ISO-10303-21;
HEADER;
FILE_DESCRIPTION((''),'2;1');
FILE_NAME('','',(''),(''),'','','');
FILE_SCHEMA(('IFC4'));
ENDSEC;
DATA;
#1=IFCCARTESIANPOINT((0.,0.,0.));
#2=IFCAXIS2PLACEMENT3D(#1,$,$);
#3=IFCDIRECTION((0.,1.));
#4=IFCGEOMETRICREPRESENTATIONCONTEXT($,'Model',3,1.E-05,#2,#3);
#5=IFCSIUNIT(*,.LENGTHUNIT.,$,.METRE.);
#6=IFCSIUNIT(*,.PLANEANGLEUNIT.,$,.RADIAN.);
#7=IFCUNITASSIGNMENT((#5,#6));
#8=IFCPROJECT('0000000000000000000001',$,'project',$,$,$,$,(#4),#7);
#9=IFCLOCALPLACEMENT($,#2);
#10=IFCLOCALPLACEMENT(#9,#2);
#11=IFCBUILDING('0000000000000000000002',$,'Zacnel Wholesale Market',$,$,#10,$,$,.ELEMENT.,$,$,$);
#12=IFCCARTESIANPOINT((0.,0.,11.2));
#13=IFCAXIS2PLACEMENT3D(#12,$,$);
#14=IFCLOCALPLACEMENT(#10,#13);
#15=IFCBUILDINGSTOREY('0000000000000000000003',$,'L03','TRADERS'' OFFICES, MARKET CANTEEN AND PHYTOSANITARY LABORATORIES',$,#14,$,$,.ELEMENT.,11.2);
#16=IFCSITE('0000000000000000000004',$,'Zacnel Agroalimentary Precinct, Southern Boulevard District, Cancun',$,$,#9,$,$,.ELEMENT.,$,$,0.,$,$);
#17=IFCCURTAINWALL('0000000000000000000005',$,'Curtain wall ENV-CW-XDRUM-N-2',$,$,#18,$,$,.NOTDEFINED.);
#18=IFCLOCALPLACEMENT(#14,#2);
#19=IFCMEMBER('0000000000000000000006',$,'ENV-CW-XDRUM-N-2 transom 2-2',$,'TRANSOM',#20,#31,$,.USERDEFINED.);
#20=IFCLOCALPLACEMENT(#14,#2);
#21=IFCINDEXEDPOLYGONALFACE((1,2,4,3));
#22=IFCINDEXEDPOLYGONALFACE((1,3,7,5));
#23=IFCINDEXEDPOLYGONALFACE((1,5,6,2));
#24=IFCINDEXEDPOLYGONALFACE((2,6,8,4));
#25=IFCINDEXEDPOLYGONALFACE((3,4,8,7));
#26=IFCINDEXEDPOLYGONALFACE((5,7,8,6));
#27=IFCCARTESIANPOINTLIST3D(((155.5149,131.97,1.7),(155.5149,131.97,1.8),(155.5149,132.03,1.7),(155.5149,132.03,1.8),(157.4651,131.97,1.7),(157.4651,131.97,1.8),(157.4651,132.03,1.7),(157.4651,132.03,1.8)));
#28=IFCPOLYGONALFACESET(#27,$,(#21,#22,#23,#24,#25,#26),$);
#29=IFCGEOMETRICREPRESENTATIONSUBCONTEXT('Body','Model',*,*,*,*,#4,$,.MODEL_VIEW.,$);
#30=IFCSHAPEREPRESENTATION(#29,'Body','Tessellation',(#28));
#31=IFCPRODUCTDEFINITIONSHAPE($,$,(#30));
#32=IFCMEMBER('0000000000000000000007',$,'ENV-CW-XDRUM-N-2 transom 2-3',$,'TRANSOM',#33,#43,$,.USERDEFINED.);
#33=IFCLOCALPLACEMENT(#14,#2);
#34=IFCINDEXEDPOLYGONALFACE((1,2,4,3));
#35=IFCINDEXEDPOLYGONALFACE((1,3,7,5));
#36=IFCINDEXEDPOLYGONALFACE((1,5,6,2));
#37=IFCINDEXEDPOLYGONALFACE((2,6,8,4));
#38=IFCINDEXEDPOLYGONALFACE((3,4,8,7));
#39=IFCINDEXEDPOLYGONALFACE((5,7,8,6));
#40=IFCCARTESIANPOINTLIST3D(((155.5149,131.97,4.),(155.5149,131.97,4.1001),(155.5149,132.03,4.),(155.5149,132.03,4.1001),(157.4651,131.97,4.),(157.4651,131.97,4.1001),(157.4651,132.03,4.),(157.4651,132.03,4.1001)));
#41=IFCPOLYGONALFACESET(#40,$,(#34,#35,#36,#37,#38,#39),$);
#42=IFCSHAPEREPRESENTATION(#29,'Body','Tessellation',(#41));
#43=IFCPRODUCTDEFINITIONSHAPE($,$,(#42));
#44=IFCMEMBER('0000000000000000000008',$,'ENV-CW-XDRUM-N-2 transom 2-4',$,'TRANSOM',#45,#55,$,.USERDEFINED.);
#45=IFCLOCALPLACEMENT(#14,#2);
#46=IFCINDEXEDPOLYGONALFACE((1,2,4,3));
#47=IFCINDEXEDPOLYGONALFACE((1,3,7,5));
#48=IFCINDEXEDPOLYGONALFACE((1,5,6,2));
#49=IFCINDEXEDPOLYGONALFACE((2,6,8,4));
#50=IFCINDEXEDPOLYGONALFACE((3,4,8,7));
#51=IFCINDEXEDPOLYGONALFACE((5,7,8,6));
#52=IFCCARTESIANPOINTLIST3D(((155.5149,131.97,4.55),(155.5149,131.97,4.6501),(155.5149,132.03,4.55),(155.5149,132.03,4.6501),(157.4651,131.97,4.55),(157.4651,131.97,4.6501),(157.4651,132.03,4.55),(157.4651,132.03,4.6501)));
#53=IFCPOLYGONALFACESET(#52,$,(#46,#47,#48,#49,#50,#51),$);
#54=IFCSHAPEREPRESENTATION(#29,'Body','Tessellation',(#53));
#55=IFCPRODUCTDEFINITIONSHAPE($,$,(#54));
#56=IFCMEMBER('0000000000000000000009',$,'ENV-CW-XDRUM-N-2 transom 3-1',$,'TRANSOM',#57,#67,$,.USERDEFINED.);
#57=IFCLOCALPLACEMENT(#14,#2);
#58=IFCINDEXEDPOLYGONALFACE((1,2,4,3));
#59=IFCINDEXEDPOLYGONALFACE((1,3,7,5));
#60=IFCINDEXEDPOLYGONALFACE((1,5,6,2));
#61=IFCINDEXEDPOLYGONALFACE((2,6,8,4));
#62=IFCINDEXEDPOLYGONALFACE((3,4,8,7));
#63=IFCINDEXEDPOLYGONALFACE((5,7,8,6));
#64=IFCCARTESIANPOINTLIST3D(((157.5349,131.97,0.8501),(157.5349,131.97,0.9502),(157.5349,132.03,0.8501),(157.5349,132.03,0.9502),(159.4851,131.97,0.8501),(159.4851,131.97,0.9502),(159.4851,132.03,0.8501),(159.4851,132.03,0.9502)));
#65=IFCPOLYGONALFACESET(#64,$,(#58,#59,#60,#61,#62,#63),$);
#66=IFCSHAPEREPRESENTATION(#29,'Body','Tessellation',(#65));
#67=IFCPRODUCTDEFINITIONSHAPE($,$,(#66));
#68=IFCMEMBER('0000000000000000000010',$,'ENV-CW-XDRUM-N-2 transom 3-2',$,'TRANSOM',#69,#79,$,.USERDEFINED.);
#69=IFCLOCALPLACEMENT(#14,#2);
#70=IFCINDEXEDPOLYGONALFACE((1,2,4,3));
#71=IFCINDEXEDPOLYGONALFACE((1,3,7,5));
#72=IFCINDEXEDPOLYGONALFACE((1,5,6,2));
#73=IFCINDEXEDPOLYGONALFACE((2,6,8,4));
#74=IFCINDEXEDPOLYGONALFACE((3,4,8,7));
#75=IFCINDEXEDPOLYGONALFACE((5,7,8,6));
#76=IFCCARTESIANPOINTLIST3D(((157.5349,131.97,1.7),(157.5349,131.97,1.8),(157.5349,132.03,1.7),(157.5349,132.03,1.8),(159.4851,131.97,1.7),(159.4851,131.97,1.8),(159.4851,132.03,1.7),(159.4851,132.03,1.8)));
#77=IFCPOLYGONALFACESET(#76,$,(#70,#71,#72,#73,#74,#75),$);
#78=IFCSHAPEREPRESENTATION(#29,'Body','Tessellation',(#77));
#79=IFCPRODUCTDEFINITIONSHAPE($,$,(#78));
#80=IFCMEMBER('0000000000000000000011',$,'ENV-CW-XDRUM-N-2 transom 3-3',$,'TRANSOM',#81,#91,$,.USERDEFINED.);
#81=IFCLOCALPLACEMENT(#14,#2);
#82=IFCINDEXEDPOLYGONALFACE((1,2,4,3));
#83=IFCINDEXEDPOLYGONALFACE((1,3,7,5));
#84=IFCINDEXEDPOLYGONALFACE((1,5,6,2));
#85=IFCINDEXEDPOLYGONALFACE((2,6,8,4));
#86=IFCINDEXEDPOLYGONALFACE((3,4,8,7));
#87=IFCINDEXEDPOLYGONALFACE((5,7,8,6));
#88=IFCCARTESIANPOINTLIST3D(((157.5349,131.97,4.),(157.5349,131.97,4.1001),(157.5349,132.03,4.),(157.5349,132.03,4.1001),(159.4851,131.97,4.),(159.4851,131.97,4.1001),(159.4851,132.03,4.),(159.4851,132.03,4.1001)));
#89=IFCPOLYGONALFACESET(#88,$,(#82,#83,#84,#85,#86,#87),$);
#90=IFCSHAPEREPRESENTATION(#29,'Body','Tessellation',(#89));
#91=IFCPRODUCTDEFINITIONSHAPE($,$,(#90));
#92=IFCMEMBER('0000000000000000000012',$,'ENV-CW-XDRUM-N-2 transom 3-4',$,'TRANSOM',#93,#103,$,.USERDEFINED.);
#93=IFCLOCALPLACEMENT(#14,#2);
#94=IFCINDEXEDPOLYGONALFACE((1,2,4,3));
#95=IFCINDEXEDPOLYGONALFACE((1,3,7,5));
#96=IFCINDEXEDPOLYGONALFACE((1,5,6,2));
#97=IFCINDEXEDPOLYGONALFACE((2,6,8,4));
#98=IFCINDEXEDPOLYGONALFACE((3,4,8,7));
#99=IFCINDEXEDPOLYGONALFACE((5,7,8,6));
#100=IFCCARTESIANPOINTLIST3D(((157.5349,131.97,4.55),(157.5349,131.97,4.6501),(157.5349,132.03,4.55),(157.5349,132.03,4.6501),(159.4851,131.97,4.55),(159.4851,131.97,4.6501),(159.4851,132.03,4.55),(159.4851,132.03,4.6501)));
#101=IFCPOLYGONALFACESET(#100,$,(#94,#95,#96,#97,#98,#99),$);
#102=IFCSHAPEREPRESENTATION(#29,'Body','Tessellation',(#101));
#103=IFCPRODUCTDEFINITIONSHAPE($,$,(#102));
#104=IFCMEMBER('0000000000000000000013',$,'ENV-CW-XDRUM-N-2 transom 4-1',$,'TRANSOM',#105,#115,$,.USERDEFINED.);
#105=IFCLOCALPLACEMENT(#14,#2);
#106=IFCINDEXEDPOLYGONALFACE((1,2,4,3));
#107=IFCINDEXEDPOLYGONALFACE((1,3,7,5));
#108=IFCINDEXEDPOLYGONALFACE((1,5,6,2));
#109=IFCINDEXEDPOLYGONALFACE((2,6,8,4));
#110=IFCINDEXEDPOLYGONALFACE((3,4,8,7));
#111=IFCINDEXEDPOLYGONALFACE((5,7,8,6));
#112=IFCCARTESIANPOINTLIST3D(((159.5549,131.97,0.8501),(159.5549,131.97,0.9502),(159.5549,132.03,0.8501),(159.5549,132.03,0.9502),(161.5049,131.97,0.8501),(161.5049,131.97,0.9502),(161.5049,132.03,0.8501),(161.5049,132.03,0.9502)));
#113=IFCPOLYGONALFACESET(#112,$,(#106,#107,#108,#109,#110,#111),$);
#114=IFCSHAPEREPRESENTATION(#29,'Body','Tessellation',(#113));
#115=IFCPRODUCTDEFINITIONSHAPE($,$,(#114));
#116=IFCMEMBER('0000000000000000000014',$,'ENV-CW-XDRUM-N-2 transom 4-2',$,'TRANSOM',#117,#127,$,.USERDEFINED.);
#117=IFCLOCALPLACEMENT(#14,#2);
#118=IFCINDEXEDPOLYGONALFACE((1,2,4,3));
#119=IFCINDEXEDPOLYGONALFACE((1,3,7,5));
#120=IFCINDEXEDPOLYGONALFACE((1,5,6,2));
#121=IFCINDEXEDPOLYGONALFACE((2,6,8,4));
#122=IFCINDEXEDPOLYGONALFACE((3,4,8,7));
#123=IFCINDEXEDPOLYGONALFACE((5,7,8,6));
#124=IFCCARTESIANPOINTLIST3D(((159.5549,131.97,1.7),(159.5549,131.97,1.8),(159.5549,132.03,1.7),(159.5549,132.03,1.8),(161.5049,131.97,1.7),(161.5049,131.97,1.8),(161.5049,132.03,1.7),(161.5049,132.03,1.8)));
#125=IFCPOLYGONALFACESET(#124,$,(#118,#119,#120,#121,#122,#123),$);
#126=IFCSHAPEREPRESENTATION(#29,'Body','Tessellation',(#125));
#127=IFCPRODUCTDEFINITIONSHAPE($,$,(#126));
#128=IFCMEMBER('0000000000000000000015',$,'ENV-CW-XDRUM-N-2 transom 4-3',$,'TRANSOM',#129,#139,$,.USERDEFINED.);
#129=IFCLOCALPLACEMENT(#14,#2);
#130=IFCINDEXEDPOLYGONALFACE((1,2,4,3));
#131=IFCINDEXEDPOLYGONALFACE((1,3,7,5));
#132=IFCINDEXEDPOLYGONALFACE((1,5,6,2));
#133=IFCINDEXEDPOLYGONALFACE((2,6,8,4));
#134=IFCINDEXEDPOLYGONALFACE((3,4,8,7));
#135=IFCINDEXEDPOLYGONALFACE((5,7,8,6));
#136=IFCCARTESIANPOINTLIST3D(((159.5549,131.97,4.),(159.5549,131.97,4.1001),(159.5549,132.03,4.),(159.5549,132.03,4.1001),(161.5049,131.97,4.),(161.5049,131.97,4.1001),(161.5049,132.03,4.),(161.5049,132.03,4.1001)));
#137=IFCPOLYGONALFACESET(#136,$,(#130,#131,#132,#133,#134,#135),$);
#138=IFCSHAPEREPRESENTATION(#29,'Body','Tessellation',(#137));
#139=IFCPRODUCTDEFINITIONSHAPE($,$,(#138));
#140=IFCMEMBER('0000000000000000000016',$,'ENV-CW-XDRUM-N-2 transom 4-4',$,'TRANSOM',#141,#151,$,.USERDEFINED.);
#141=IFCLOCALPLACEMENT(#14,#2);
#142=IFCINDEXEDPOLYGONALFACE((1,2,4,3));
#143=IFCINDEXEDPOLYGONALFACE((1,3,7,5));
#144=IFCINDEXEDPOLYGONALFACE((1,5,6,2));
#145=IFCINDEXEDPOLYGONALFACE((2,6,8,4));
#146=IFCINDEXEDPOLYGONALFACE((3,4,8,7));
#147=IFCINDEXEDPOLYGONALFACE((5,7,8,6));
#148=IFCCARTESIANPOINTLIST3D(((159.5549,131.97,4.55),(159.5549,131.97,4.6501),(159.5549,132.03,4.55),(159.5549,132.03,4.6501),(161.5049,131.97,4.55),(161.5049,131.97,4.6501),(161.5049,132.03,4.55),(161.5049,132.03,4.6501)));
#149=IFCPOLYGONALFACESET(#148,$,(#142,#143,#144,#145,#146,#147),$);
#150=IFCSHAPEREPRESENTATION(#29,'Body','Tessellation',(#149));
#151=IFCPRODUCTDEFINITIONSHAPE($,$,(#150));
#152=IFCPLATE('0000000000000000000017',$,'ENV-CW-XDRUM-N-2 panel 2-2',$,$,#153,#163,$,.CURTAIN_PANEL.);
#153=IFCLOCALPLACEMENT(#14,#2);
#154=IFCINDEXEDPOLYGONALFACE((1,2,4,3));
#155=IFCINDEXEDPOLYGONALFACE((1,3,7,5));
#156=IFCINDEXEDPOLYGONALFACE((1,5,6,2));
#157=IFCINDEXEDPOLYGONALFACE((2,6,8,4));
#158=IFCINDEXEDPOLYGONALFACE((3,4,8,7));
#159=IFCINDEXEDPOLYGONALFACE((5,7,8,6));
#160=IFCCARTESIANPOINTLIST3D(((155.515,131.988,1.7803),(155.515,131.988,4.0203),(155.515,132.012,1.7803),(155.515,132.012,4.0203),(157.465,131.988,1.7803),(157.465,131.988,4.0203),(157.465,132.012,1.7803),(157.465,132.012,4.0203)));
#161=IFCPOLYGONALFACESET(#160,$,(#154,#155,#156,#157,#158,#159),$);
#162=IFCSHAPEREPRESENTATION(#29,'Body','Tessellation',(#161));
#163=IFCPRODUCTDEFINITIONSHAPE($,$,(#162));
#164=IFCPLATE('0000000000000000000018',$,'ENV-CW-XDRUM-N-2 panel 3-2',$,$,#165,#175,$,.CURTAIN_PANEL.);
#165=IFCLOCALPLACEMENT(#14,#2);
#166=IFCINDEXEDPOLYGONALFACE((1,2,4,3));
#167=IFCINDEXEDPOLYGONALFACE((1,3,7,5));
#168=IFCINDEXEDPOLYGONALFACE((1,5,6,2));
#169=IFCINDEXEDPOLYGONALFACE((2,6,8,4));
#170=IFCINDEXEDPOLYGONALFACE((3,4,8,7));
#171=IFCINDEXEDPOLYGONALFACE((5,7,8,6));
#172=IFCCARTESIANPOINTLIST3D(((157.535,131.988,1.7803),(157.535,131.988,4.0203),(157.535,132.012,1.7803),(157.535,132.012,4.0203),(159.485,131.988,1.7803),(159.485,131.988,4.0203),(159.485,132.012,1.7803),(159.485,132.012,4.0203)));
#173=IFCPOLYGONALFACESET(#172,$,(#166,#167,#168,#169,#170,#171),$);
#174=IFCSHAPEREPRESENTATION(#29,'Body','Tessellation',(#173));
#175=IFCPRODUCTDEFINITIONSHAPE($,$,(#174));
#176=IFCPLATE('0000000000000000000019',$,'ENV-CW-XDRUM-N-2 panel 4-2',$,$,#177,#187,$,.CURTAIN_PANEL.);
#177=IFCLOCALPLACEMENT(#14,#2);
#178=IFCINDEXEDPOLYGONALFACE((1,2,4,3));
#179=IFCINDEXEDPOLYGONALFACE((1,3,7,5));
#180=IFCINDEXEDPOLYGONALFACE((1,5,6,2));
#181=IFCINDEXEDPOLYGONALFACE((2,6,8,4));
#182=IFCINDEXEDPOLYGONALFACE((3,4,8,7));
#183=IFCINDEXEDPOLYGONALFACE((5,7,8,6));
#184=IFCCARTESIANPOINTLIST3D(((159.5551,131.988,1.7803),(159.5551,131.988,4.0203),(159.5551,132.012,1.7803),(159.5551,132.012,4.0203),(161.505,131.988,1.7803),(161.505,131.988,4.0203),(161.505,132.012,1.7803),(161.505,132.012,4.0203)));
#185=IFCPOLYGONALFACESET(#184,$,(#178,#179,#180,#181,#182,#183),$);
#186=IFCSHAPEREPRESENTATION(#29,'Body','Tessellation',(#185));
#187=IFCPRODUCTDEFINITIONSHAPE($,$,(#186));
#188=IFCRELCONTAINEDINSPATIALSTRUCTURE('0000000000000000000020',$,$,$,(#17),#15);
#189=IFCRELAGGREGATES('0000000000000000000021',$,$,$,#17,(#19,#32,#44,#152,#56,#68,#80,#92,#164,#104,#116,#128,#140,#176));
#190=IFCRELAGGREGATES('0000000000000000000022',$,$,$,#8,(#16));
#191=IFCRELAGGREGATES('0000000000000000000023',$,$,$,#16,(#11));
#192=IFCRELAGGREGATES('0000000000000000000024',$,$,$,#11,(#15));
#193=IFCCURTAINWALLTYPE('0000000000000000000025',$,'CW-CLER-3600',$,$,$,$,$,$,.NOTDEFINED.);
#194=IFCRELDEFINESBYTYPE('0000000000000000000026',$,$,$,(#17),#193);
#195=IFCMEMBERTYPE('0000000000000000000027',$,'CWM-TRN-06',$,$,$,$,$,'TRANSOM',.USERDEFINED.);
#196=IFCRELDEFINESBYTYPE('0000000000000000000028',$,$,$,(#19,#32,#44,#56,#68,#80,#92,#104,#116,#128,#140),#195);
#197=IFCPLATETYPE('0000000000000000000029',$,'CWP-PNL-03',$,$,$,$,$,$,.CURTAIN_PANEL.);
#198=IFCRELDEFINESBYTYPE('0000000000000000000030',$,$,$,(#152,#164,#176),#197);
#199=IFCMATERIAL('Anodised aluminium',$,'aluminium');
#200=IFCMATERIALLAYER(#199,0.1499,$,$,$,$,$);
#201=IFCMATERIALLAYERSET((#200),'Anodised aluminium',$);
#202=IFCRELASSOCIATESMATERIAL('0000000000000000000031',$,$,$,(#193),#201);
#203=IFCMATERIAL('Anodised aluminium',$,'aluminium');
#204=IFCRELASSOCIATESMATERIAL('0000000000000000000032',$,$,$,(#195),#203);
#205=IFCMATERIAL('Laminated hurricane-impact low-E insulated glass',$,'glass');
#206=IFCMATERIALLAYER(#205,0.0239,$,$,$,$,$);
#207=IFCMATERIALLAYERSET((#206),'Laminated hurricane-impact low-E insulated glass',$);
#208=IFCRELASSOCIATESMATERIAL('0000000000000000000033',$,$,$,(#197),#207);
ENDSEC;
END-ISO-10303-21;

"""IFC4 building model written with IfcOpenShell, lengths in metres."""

from ifc_helpers import new_model, si_unit, direction, frame, origin, origin_2d, place, context, subcontext, project, spatial, rectangle, extrude, material, layer, layer_set, material_profile, profile_set, type_object, element, aggregate, save


model = new_model("IFC4")

# Units and contexts
model_context = context("Model", 3, precision=1e-05, world=origin(), true_north=direction((0.0, 1.0)))
body_context = subcontext(model_context, "Body", "Model", "MODEL_VIEW")
ifc_project = project(units=[si_unit("LENGTHUNIT", "METRE"), si_unit("PLANEANGLEUNIT", "RADIAN")], contexts=[model_context])

# Site, building, storey
site_placement = place(None, origin())
site = spatial("IfcSite", under=ifc_project, at=site_placement, Name="Zacnel Agroalimentary Precinct, Southern Boulevard District, Cancun", CompositionType="ELEMENT", RefElevation=0.0)
building_placement = place(site_placement, origin())
building = spatial("IfcBuilding", under=site, at=building_placement, Name="Zacnel Wholesale Market", CompositionType="ELEMENT")
storey_placement = place(building_placement, frame((0.0, 0.0, 11.2)))
storey = spatial("IfcBuildingStorey", under=building, at=storey_placement, Name="L03", Description="TRADERS' OFFICES, MARKET CANTEEN AND PHYTOSANITARY LABORATORIES", CompositionType="ELEMENT", Elevation=11.2)

# Curtain wall
ifc_material_1 = material(Name="Anodised aluminium", Category="aluminium")
ifc_layer_1 = layer(ifc_material_1, 0.1499)
ifc_layer_set_1 = layer_set([ifc_layer_1], Name="Anodised aluminium")
curtain_wall_type = type_object("IfcCurtainWallType", Name="CW-CLER-3600", PredefinedType="NOTDEFINED", material=ifc_layer_set_1)
curtain_wall_1_placement = place(storey_placement, origin())
curtain_wall_1 = element("IfcCurtainWall", 1, at=curtain_wall_1_placement, inside=storey, type_object=curtain_wall_type, Name="Curtain wall ENV-CW-XDRUM-N-2", PredefinedType="NOTDEFINED")

# Members
ifc_material_2 = material(Name="Anodised aluminium", Category="aluminium")
ifc_material_profile_1 = material_profile(ifc_material_2, rectangle(XDim=0.0601, YDim=0.1001, at=origin_2d()), Name="AW-TRANSOM 60x100")
ifc_profile_set_1 = profile_set([ifc_material_profile_1], Name="Anodised aluminium")
member_type_1 = type_object("IfcMemberType", Name="CWM-TRN-06", ElementType="TRANSOM", PredefinedType="USERDEFINED", material=ifc_profile_set_1)
member_1_placement = place(storey_placement, frame((155.5149, 132.0, 1.75), z_axis=(1.0, 0.0, 0.0), x_axis=(0.0, 1.0, 0.0)))
member_1 = element("IfcMember", 2, at=member_1_placement, type_object=member_type_1, Name="ENV-CW-XDRUM-N-2 transom 2-2", ObjectType="TRANSOM", PredefinedType="USERDEFINED", context=body_context, shape_type="SweptSolid", body=[
    extrude(rectangle(XDim=0.0601, YDim=0.1001, at=origin_2d()), origin(), (0.0, 0.0, 1.0), 1.9502),
])
member_2_placement = place(storey_placement, frame((155.5149, 132.0, 4.05), z_axis=(1.0, 0.0, 0.0), x_axis=(0.0, 1.0, 0.0)))
member_2 = element("IfcMember", 3, at=member_2_placement, type_object=member_type_1, Name="ENV-CW-XDRUM-N-2 transom 2-3", ObjectType="TRANSOM", PredefinedType="USERDEFINED", context=body_context, shape_type="SweptSolid", body=[
    extrude(rectangle(XDim=0.0601, YDim=0.1001, at=origin_2d()), origin(), (0.0, 0.0, 1.0), 1.9502),
])
member_3_placement = place(storey_placement, frame((155.5149, 132.0, 4.6001), z_axis=(1.0, 0.0, 0.0), x_axis=(0.0, 1.0, 0.0)))
member_3 = element("IfcMember", 4, at=member_3_placement, type_object=member_type_1, Name="ENV-CW-XDRUM-N-2 transom 2-4", ObjectType="TRANSOM", PredefinedType="USERDEFINED", context=body_context, shape_type="SweptSolid", body=[
    extrude(rectangle(XDim=0.0601, YDim=0.1001, at=origin_2d()), origin(), (0.0, 0.0, 1.0), 1.9502),
])
member_4_placement = place(storey_placement, frame((157.5349, 132.0, 0.9001), z_axis=(1.0, 0.0, 0.0), x_axis=(0.0, 1.0, 0.0)))
member_4 = element("IfcMember", 5, at=member_4_placement, type_object=member_type_1, Name="ENV-CW-XDRUM-N-2 transom 3-1", ObjectType="TRANSOM", PredefinedType="USERDEFINED", context=body_context, shape_type="SweptSolid", body=[
    extrude(rectangle(XDim=0.0601, YDim=0.1001, at=origin_2d()), origin(), (0.0, 0.0, 1.0), 1.9502),
])
member_5_placement = place(storey_placement, frame((157.5349, 132.0, 1.75), z_axis=(1.0, 0.0, 0.0), x_axis=(0.0, 1.0, 0.0)))
member_5 = element("IfcMember", 6, at=member_5_placement, type_object=member_type_1, Name="ENV-CW-XDRUM-N-2 transom 3-2", ObjectType="TRANSOM", PredefinedType="USERDEFINED", context=body_context, shape_type="SweptSolid", body=[
    extrude(rectangle(XDim=0.0601, YDim=0.1001, at=origin_2d()), origin(), (0.0, 0.0, 1.0), 1.9502),
])
member_6_placement = place(storey_placement, frame((157.5349, 132.0, 4.05), z_axis=(1.0, 0.0, 0.0), x_axis=(0.0, 1.0, 0.0)))
member_6 = element("IfcMember", 7, at=member_6_placement, type_object=member_type_1, Name="ENV-CW-XDRUM-N-2 transom 3-3", ObjectType="TRANSOM", PredefinedType="USERDEFINED", context=body_context, shape_type="SweptSolid", body=[
    extrude(rectangle(XDim=0.0601, YDim=0.1001, at=origin_2d()), origin(), (0.0, 0.0, 1.0), 1.9502),
])
member_7_placement = place(storey_placement, frame((157.5349, 132.0, 4.6001), z_axis=(1.0, 0.0, 0.0), x_axis=(0.0, 1.0, 0.0)))
member_7 = element("IfcMember", 8, at=member_7_placement, type_object=member_type_1, Name="ENV-CW-XDRUM-N-2 transom 3-4", ObjectType="TRANSOM", PredefinedType="USERDEFINED", context=body_context, shape_type="SweptSolid", body=[
    extrude(rectangle(XDim=0.0601, YDim=0.1001, at=origin_2d()), origin(), (0.0, 0.0, 1.0), 1.9502),
])
member_8_placement = place(storey_placement, frame((159.5549, 132.0, 0.9001), z_axis=(1.0, 0.0, 0.0), x_axis=(0.0, 1.0, 0.0)))
member_8 = element("IfcMember", 9, at=member_8_placement, type_object=member_type_1, Name="ENV-CW-XDRUM-N-2 transom 4-1", ObjectType="TRANSOM", PredefinedType="USERDEFINED", context=body_context, shape_type="SweptSolid", body=[
    extrude(rectangle(XDim=0.0601, YDim=0.1001, at=origin_2d()), origin(), (0.0, 0.0, 1.0), 1.95),
])
member_9_placement = place(storey_placement, frame((159.5549, 132.0, 1.75), z_axis=(1.0, 0.0, 0.0), x_axis=(0.0, 1.0, 0.0)))
member_9 = element("IfcMember", 10, at=member_9_placement, type_object=member_type_1, Name="ENV-CW-XDRUM-N-2 transom 4-2", ObjectType="TRANSOM", PredefinedType="USERDEFINED", context=body_context, shape_type="SweptSolid", body=[
    extrude(rectangle(XDim=0.0601, YDim=0.1001, at=origin_2d()), origin(), (0.0, 0.0, 1.0), 1.95),
])
member_10_placement = place(storey_placement, frame((159.5549, 132.0, 4.05), z_axis=(1.0, 0.0, 0.0), x_axis=(0.0, 1.0, 0.0)))
member_10 = element("IfcMember", 11, at=member_10_placement, type_object=member_type_1, Name="ENV-CW-XDRUM-N-2 transom 4-3", ObjectType="TRANSOM", PredefinedType="USERDEFINED", context=body_context, shape_type="SweptSolid", body=[
    extrude(rectangle(XDim=0.0601, YDim=0.1001, at=origin_2d()), origin(), (0.0, 0.0, 1.0), 1.95),
])
member_11_placement = place(storey_placement, frame((159.5549, 132.0, 4.6001), z_axis=(1.0, 0.0, 0.0), x_axis=(0.0, 1.0, 0.0)))
member_11 = element("IfcMember", 12, at=member_11_placement, type_object=member_type_1, Name="ENV-CW-XDRUM-N-2 transom 4-4", ObjectType="TRANSOM", PredefinedType="USERDEFINED", context=body_context, shape_type="SweptSolid", body=[
    extrude(rectangle(XDim=0.0601, YDim=0.1001, at=origin_2d()), origin(), (0.0, 0.0, 1.0), 1.95),
])

# Plates
ifc_material_3 = material(Name="Laminated hurricane-impact low-E insulated glass", Category="glass")
ifc_layer_2 = layer(ifc_material_3, 0.0239)
ifc_layer_set_2 = layer_set([ifc_layer_2], Name="Laminated hurricane-impact low-E insulated glass")
plate_type_1 = type_object("IfcPlateType", Name="CWP-PNL-03", PredefinedType="CURTAIN_PANEL", material=ifc_layer_set_2)
plate_1_placement = place(storey_placement, frame((156.49, 132.0, 1.7803), z_axis=(0.0, 0.0, 1.0), x_axis=(1.0, 0.0, 0.0)))
plate_1 = element("IfcPlate", 13, at=plate_1_placement, type_object=plate_type_1, Name="ENV-CW-XDRUM-N-2 panel 2-2", PredefinedType="CURTAIN_PANEL", context=body_context, shape_type="SweptSolid", body=[
    extrude(rectangle(XDim=1.95, YDim=0.0239, at=origin_2d()), origin(), (0.0, 0.0, 1.0), 2.24),
])
plate_2_placement = place(storey_placement, frame((158.51, 132.0, 1.7803), z_axis=(0.0, 0.0, 1.0), x_axis=(1.0, 0.0, 0.0)))
plate_2 = element("IfcPlate", 14, at=plate_2_placement, type_object=plate_type_1, Name="ENV-CW-XDRUM-N-2 panel 3-2", PredefinedType="CURTAIN_PANEL", context=body_context, shape_type="SweptSolid", body=[
    extrude(rectangle(XDim=1.95, YDim=0.0239, at=origin_2d()), origin(), (0.0, 0.0, 1.0), 2.24),
])
plate_3_placement = place(storey_placement, frame((160.53, 132.0, 1.7803), z_axis=(0.0, 0.0, 1.0), x_axis=(1.0, 0.0, 0.0)))
plate_3 = element("IfcPlate", 15, at=plate_3_placement, type_object=plate_type_1, Name="ENV-CW-XDRUM-N-2 panel 4-2", PredefinedType="CURTAIN_PANEL", context=body_context, shape_type="SweptSolid", body=[
    extrude(rectangle(XDim=1.95, YDim=0.0239, at=origin_2d()), origin(), (0.0, 0.0, 1.0), 2.24),
])
aggregate(curtain_wall_1, [member_1, member_2, member_3, plate_1, member_4, member_5, member_6, member_7, plate_2, member_8, member_9, member_10, member_11, plate_3])

save(model, "model.ifc")
